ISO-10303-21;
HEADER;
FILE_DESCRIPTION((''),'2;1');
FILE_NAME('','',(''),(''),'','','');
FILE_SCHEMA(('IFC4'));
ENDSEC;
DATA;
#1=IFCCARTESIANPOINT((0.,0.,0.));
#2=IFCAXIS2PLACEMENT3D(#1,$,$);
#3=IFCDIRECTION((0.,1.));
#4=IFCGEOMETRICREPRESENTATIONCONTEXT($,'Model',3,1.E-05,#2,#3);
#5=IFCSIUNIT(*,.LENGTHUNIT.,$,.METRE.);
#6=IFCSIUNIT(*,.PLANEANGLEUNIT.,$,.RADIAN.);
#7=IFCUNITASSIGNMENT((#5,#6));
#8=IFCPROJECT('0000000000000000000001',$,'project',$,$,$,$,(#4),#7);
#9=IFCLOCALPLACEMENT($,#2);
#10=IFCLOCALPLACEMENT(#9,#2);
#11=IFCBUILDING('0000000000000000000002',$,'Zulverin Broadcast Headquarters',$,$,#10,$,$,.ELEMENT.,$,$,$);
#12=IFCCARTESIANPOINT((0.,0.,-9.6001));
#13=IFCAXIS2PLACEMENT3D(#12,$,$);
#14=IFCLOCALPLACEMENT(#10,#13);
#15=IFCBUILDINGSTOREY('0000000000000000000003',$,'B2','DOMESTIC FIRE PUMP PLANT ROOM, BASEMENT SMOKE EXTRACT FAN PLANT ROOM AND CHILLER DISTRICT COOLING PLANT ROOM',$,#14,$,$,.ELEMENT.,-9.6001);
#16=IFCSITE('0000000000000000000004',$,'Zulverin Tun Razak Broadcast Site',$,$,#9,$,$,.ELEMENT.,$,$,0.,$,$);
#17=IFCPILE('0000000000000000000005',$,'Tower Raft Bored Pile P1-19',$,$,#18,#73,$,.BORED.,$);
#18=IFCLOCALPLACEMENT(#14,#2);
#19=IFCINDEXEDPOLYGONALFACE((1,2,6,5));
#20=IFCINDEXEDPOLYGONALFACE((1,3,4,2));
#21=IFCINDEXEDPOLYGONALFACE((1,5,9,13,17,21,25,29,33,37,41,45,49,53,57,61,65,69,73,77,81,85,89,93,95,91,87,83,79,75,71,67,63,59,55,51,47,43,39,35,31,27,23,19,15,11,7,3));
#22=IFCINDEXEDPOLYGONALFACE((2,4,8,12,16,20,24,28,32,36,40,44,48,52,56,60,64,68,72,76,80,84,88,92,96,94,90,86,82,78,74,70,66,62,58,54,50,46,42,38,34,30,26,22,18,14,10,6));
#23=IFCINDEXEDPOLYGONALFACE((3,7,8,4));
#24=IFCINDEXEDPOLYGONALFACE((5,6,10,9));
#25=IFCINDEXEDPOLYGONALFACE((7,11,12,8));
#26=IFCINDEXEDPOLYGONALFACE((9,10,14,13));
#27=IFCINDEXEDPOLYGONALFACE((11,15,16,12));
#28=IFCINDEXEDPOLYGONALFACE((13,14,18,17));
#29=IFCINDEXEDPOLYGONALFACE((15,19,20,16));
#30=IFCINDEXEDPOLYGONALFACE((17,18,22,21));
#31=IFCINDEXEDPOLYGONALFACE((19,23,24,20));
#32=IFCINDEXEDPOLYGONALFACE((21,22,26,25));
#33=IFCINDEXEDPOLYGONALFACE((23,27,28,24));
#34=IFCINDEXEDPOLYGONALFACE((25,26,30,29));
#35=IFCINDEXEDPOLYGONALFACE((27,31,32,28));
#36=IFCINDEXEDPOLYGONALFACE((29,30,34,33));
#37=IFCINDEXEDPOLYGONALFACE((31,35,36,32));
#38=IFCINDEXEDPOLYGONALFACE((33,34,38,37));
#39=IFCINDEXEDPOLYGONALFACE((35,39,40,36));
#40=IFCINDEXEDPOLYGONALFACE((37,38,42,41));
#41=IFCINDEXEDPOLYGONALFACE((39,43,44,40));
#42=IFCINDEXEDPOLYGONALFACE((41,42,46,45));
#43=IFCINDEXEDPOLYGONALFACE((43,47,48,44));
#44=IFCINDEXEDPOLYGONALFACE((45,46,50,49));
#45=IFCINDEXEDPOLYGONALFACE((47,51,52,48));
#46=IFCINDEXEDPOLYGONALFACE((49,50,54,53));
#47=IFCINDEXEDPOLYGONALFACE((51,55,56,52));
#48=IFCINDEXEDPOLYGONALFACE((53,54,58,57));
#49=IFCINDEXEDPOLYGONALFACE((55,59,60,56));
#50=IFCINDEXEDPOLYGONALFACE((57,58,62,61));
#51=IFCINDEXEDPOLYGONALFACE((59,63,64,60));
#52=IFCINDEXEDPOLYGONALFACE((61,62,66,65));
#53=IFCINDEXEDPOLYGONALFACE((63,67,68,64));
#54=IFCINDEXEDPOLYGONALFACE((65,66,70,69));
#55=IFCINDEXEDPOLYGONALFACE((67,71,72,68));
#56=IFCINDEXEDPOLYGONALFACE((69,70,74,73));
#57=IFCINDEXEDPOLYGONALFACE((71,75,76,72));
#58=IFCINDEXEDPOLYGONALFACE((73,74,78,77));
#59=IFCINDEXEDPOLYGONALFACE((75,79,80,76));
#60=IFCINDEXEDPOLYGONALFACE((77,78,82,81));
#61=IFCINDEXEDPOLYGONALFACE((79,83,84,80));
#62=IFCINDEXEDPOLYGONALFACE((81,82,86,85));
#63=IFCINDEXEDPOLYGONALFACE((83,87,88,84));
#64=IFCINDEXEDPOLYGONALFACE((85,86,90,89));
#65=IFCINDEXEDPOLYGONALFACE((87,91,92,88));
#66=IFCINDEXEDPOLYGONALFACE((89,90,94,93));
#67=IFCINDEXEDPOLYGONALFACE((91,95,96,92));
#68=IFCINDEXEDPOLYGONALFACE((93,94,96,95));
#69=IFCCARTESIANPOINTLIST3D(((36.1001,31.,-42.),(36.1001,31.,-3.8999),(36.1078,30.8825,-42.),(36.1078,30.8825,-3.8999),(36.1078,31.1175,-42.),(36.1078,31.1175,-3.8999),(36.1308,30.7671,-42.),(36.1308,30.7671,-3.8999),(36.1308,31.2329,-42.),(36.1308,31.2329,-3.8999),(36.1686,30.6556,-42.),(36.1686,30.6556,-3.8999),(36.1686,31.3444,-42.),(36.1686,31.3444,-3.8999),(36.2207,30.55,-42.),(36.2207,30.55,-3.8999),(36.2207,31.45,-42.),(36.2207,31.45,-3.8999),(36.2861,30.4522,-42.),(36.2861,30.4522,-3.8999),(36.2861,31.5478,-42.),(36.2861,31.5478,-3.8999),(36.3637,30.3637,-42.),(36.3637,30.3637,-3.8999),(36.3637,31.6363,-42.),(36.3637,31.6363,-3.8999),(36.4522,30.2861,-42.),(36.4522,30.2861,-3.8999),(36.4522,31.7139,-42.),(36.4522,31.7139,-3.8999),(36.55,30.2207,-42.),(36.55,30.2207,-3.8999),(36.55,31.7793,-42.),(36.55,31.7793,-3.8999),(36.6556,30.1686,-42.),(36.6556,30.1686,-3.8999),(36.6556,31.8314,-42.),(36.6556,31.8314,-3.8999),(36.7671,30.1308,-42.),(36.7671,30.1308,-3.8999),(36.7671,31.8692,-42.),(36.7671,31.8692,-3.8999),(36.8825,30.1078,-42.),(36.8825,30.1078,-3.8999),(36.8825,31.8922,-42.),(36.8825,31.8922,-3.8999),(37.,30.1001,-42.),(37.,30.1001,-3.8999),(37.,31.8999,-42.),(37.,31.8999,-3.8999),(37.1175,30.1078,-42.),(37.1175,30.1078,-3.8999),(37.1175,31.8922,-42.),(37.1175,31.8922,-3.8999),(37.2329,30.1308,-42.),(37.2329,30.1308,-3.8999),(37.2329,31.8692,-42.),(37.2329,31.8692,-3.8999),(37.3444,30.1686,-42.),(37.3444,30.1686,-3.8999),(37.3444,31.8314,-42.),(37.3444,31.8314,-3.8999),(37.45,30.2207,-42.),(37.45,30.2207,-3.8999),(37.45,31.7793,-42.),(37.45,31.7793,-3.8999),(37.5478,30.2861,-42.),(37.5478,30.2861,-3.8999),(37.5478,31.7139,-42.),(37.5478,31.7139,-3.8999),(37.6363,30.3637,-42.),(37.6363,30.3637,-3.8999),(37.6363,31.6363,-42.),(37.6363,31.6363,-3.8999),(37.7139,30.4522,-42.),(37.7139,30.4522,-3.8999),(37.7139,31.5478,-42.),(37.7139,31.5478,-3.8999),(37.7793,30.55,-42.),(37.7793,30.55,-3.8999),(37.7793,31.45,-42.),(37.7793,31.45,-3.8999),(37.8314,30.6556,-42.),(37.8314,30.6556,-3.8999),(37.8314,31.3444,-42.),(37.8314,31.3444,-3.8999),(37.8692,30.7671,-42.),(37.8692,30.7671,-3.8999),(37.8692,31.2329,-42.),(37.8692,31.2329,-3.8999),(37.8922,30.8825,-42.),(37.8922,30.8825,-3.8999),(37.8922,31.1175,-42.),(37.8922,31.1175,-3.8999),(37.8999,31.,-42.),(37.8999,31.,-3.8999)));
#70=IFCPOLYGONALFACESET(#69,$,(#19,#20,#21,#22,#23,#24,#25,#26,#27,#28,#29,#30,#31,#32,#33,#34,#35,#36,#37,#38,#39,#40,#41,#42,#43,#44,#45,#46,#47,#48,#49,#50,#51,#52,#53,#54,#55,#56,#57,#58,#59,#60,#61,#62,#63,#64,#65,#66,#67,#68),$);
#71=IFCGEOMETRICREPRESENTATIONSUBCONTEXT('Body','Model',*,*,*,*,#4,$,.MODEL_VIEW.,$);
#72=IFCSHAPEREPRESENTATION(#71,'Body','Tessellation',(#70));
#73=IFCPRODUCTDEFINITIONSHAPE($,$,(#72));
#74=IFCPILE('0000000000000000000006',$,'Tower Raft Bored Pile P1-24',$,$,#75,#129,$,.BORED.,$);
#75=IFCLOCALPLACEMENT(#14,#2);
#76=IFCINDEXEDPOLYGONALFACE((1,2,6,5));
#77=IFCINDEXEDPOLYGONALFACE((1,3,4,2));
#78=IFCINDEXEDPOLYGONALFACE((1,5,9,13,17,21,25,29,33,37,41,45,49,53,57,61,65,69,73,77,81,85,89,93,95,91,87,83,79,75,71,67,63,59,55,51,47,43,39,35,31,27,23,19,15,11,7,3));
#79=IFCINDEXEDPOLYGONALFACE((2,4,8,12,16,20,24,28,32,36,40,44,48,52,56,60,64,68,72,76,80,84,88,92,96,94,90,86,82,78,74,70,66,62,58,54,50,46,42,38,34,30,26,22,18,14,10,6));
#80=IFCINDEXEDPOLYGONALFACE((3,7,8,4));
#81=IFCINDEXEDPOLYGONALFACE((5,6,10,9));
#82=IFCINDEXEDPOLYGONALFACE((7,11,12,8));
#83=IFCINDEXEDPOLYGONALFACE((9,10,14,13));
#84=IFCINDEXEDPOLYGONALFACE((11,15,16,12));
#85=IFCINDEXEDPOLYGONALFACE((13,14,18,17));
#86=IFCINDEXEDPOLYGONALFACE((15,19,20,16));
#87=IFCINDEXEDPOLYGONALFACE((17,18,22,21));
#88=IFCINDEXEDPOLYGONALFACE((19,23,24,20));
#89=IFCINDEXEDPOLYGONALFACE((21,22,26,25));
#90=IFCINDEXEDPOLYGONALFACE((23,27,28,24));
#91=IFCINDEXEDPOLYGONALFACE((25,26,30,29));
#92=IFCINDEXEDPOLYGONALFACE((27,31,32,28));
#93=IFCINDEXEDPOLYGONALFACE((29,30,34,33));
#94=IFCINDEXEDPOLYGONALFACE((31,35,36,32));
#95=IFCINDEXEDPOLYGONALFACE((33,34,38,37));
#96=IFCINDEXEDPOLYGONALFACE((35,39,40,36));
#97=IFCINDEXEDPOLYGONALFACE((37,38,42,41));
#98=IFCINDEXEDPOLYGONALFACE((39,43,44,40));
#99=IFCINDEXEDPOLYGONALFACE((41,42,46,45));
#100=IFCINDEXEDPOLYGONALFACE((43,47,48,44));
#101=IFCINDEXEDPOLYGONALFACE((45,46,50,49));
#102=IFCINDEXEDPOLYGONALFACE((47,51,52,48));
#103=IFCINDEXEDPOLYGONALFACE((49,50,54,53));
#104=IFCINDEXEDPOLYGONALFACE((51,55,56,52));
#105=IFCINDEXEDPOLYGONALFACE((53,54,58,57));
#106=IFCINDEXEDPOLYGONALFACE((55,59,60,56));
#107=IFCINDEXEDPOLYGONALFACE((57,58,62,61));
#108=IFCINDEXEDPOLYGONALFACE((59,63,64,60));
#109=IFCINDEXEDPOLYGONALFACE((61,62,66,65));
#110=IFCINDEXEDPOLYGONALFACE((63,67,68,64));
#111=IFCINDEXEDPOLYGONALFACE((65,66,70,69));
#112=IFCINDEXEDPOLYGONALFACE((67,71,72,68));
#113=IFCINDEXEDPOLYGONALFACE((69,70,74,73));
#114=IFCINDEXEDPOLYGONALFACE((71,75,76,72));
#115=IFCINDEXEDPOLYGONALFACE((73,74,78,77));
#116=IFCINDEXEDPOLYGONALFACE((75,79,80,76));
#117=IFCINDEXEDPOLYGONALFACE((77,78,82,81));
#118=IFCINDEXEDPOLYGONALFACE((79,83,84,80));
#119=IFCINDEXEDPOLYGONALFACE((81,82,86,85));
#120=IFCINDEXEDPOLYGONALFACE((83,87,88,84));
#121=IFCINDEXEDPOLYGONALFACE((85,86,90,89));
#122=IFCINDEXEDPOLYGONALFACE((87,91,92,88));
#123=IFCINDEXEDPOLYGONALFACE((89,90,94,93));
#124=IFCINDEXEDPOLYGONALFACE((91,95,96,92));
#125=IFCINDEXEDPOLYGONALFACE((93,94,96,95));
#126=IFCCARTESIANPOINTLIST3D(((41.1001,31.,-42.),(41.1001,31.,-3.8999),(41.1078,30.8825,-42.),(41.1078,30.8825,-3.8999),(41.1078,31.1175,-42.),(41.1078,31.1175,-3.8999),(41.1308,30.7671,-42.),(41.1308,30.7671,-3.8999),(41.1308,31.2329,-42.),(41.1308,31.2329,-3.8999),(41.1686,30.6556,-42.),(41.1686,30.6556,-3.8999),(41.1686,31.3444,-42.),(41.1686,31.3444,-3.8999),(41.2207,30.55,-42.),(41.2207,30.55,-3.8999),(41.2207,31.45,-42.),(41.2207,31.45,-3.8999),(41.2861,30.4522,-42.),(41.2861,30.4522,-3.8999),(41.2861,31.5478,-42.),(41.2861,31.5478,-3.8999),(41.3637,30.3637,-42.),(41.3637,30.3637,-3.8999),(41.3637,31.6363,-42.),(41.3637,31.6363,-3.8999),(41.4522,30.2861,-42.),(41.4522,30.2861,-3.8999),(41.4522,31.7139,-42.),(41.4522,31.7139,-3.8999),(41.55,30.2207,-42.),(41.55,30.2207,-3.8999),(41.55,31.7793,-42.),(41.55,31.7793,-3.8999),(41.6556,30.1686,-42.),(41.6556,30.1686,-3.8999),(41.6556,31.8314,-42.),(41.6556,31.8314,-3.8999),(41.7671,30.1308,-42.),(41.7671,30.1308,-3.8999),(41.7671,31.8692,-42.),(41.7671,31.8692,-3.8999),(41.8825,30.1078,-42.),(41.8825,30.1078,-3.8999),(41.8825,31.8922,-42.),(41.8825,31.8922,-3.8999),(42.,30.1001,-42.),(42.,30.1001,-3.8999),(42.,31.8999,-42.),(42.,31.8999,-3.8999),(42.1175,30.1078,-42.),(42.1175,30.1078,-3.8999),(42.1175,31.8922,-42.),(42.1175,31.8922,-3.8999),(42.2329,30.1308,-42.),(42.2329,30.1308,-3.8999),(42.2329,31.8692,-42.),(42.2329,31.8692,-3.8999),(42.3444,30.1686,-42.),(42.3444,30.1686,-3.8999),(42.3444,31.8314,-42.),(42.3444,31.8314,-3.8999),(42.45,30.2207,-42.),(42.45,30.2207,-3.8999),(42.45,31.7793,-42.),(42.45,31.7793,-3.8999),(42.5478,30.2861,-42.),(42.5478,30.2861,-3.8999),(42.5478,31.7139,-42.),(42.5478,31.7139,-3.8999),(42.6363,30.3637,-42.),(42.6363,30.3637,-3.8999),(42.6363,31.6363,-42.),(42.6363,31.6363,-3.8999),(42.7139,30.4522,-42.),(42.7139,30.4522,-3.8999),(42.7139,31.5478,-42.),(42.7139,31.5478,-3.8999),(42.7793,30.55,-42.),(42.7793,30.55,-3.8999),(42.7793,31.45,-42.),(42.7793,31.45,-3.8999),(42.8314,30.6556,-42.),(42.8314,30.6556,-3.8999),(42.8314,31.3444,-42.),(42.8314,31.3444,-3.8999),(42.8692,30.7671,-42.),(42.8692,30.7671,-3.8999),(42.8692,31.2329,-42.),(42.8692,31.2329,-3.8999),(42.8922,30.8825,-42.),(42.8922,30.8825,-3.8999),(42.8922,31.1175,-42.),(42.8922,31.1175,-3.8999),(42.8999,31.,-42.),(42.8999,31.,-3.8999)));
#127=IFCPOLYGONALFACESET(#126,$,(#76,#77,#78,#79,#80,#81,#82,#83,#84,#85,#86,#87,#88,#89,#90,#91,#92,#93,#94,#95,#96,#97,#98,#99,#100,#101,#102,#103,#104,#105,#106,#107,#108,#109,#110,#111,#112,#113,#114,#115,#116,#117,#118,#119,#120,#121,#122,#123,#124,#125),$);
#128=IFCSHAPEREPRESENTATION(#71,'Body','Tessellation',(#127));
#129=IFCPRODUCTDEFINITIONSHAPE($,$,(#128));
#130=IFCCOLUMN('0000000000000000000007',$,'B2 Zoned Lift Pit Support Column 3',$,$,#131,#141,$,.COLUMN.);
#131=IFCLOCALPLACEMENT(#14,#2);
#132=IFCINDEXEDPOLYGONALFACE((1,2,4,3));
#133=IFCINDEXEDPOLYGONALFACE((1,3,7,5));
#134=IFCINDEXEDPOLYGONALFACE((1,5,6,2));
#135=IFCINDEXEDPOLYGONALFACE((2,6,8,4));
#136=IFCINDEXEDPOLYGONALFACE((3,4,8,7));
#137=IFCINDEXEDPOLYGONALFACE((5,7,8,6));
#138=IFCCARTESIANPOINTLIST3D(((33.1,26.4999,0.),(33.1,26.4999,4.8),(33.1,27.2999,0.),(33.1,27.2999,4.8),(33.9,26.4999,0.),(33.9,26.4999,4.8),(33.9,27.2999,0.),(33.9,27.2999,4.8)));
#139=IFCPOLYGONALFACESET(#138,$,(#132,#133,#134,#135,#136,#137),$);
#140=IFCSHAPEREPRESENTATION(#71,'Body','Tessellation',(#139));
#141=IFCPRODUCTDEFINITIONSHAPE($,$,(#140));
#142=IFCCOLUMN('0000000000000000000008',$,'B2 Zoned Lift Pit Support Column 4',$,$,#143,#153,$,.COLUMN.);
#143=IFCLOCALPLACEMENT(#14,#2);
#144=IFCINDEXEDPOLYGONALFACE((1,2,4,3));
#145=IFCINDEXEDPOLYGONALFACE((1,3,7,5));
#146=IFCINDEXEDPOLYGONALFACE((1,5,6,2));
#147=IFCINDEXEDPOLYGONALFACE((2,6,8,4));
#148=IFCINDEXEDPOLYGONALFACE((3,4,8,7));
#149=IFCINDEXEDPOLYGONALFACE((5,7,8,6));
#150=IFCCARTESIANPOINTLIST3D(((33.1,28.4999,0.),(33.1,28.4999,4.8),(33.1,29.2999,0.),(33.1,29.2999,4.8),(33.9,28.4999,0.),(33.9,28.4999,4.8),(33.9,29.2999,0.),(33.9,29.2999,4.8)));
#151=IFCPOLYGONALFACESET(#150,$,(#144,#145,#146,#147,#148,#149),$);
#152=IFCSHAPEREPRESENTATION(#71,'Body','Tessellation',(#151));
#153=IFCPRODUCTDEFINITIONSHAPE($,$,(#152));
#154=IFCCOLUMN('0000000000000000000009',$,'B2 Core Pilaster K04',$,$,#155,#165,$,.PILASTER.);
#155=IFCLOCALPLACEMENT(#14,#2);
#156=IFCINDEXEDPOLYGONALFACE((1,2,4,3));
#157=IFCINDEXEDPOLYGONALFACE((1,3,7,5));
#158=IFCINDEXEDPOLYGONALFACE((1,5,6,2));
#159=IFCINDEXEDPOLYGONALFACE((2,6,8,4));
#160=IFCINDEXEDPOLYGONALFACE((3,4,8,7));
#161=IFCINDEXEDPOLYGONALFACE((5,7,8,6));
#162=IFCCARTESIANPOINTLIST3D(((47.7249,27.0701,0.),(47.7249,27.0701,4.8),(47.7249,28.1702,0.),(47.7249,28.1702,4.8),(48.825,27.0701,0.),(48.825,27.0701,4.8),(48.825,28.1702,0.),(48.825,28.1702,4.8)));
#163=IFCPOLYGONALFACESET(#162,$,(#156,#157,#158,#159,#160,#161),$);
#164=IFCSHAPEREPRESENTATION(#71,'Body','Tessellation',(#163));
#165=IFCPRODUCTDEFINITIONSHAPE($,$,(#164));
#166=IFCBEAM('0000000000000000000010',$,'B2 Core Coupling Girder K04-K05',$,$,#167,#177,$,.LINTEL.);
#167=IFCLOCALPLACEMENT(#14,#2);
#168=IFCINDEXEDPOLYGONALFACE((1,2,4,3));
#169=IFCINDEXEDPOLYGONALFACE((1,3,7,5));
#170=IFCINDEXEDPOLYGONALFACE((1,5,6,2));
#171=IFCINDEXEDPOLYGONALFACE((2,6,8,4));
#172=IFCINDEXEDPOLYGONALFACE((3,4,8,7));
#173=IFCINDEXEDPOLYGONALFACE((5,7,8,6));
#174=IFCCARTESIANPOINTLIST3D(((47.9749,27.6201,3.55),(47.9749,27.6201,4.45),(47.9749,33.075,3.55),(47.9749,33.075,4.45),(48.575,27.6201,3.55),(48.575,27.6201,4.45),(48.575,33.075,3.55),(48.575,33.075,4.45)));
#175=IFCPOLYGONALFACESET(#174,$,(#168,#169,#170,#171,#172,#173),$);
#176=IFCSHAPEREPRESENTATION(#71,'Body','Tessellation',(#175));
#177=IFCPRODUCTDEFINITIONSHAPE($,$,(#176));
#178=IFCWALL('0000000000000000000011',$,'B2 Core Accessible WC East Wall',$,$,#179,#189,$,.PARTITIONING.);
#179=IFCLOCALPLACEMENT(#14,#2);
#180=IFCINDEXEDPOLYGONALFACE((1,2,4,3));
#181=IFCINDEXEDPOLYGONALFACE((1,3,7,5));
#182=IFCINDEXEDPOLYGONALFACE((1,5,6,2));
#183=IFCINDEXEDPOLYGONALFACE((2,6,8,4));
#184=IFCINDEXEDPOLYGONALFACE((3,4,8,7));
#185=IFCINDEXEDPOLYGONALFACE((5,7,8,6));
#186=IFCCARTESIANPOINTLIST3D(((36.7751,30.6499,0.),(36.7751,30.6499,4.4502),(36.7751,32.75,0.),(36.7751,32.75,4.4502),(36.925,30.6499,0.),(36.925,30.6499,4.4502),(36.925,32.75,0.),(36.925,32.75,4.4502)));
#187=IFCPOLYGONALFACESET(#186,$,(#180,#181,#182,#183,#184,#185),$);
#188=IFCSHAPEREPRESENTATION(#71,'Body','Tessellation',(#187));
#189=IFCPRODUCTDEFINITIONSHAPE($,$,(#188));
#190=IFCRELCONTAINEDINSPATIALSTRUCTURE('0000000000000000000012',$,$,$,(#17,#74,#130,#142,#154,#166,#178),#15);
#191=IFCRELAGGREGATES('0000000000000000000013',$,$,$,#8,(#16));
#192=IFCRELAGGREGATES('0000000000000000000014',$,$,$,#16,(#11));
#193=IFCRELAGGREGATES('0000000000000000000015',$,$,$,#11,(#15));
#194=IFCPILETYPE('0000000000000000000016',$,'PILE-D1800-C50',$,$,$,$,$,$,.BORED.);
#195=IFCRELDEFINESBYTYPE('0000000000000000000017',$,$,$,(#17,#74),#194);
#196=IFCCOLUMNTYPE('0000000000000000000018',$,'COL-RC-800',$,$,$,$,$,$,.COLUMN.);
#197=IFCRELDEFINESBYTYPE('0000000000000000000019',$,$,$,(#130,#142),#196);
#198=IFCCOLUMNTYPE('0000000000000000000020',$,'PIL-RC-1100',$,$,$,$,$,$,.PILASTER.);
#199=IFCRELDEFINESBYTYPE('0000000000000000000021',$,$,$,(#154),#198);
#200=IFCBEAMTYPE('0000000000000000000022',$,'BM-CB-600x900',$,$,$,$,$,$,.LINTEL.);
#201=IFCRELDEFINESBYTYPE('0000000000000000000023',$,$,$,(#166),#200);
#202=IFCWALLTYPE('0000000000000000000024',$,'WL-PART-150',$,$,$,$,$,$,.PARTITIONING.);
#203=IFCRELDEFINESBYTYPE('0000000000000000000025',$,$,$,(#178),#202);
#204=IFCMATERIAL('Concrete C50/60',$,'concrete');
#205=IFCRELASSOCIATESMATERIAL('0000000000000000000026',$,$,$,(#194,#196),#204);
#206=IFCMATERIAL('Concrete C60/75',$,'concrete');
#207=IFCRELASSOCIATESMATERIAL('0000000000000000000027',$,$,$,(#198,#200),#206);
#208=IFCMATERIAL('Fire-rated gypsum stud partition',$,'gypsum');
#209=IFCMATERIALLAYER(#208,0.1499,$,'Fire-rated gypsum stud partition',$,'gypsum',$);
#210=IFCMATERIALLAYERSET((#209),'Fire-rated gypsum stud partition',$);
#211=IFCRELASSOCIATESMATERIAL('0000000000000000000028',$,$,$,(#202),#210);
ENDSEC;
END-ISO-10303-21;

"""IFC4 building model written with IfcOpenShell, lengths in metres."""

from ifc_helpers import new_model, si_unit, direction, frame, frame_2d, origin, origin_2d, place, context, subcontext, project, spatial, rectangle, circle, extrude, material, layer, layer_set, material_profile, profile_set, type_object, element, save


model = new_model("IFC4")

# Units and contexts
model_context = context("Model", 3, precision=1e-05, world=origin(), true_north=direction((0.0, 1.0)))
body_context = subcontext(model_context, "Body", "Model", "MODEL_VIEW")
ifc_project = project(units=[si_unit("LENGTHUNIT", "METRE"), si_unit("PLANEANGLEUNIT", "RADIAN")], contexts=[model_context])

# Site, building, storey
site_placement = place(None, origin())
site = spatial("IfcSite", under=ifc_project, at=site_placement, Name="Zulverin Tun Razak Broadcast Site", CompositionType="ELEMENT", RefElevation=0.0)
building_placement = place(site_placement, origin())
building = spatial("IfcBuilding", under=site, at=building_placement, Name="Zulverin Broadcast Headquarters", CompositionType="ELEMENT")
storey_placement = place(building_placement, frame((0.0, 0.0, -9.6001)))
storey = spatial("IfcBuildingStorey", under=building, at=storey_placement, Name="B2", Description="DOMESTIC FIRE PUMP PLANT ROOM, BASEMENT SMOKE EXTRACT FAN PLANT ROOM AND CHILLER DISTRICT COOLING PLANT ROOM", CompositionType="ELEMENT", Elevation=-9.6001)

# Piles
ifc_material_1 = material(Name="Concrete C50/60", Category="concrete")
ifc_material_profile_1 = material_profile(ifc_material_1, circle(Radius=0.8999, at=origin_2d()), Name="Concrete C50/60", Category="concrete")
ifc_profile_set_1 = profile_set([ifc_material_profile_1], Name="Concrete C50/60")
pile_type = type_object("IfcPileType", Name="PILE-D1800-C50", PredefinedType="BORED", material=ifc_profile_set_1)
for number, where, z_axis, x_axis, name in (
    (1, (37.0, 31.0, -3.8999), (0.0, 0.0, -1.0), (1.0, 0.0, 0.0), "Tower Raft Bored Pile P1-19"),
    (2, (42.0, 31.0, -3.8999), (0.0, 0.0, -1.0), (1.0, 0.0, 0.0), "Tower Raft Bored Pile P1-24"),
):
    element("IfcPile", number, at=place(storey_placement, frame(where, z_axis=z_axis, x_axis=x_axis)), inside=storey, type_object=pile_type, Name=name, PredefinedType="BORED", context=body_context, shape_type="SweptSolid", body=[
        extrude(circle(Radius=0.8999, at=origin_2d()), origin(), (0.0, 0.0, 1.0), 38.1001),
    ])

# Columns
ifc_material_profile_2 = material_profile(ifc_material_1, rectangle(XDim=0.8, YDim=0.8, at=origin_2d()), Name="Concrete C50/60", Category="concrete")
ifc_profile_set_2 = profile_set([ifc_material_profile_2], Name="Concrete C50/60")
column_type_1 = type_object("IfcColumnType", Name="COL-RC-800", PredefinedType="COLUMN", material=ifc_profile_set_2)
for number, where, z_axis, x_axis, name in (
    (3, (33.5, 26.8999, 0.0), (0.0, 0.0, 1.0), (1.0, 0.0, 0.0), "B2 Zoned Lift Pit Support Column 3"),
    (4, (33.5, 28.8999, 0.0), (0.0, 0.0, 1.0), (1.0, 0.0, 0.0), "B2 Zoned Lift Pit Support Column 4"),
):
    element("IfcColumn", number, at=place(storey_placement, frame(where, z_axis=z_axis, x_axis=x_axis)), inside=storey, type_object=column_type_1, Name=name, PredefinedType="COLUMN", context=body_context, shape_type="SweptSolid", body=[
        extrude(rectangle(XDim=0.8, YDim=0.8, at=origin_2d()), origin(), (0.0, 0.0, 1.0), 4.8),
    ])
ifc_material_2 = material(Name="Concrete C60/75", Category="concrete")
ifc_material_profile_3 = material_profile(ifc_material_2, rectangle(XDim=1.1001, YDim=1.1001, at=origin_2d()), Name="Concrete C60/75", Category="concrete")
ifc_profile_set_3 = profile_set([ifc_material_profile_3], Name="Concrete C60/75")
column_type_2 = type_object("IfcColumnType", Name="PIL-RC-1100", PredefinedType="PILASTER", material=ifc_profile_set_3)
column_placement = place(storey_placement, frame((48.2749, 27.6201, 0.0), z_axis=(0.0, 0.0, 1.0), x_axis=(1.0, 0.0, 0.0)))
element("IfcColumn", 5, at=column_placement, inside=storey, type_object=column_type_2, Name="B2 Core Pilaster K04", PredefinedType="PILASTER", context=body_context, shape_type="SweptSolid", body=[
    extrude(rectangle(XDim=1.1001, YDim=1.1001, at=origin_2d()), origin(), (0.0, 0.0, 1.0), 4.8),
])

# Beam
ifc_material_profile_4 = material_profile(ifc_material_2, rectangle(XDim=0.6001, YDim=0.8999, at=origin_2d()), Name="Concrete C60/75", Category="concrete")
ifc_profile_set_4 = profile_set([ifc_material_profile_4], Name="Concrete C60/75")
beam_type = type_object("IfcBeamType", Name="BM-CB-600x900", PredefinedType="LINTEL", material=ifc_profile_set_4)
beam_placement = place(storey_placement, frame((48.2749, 27.6201, 4.0), z_axis=(0.0, 1.0, 0.0), x_axis=(-1.0, 0.0, 0.0)))
element("IfcBeam", 6, at=beam_placement, inside=storey, type_object=beam_type, Name="B2 Core Coupling Girder K04-K05", PredefinedType="LINTEL", context=body_context, shape_type="SweptSolid", body=[
    extrude(rectangle(XDim=0.6001, YDim=0.8999, at=origin_2d()), origin(), (0.0, 0.0, 1.0), 5.4548),
])

# Wall
ifc_material_3 = material(Name="Fire-rated gypsum stud partition", Category="gypsum")
ifc_layer_1 = layer(ifc_material_3, 0.1499, Name="Fire-rated gypsum stud partition", Category="gypsum")
ifc_layer_set_1 = layer_set([ifc_layer_1], Name="Fire-rated gypsum stud partition")
wall_type_1 = type_object("IfcWallType", Name="WL-PART-150", PredefinedType="PARTITIONING", material=ifc_layer_set_1)
wall_1_placement = place(storey_placement, frame((36.8501, 30.6499, 0.0), z_axis=(0.0, 0.0, 1.0), x_axis=(0.0, 1.0, 0.0)))
element("IfcWall", 7, at=wall_1_placement, inside=storey, type_object=wall_type_1, Name="B2 Core Accessible WC East Wall", PredefinedType="PARTITIONING", context=body_context, shape_type="SweptSolid", body=[
    extrude(rectangle(XDim=2.1001, YDim=0.1499, at=frame_2d((1.05, 0.0))), origin(), (0.0, 0.0, 1.0), 4.4502),
])

save(model, "model.ifc")
